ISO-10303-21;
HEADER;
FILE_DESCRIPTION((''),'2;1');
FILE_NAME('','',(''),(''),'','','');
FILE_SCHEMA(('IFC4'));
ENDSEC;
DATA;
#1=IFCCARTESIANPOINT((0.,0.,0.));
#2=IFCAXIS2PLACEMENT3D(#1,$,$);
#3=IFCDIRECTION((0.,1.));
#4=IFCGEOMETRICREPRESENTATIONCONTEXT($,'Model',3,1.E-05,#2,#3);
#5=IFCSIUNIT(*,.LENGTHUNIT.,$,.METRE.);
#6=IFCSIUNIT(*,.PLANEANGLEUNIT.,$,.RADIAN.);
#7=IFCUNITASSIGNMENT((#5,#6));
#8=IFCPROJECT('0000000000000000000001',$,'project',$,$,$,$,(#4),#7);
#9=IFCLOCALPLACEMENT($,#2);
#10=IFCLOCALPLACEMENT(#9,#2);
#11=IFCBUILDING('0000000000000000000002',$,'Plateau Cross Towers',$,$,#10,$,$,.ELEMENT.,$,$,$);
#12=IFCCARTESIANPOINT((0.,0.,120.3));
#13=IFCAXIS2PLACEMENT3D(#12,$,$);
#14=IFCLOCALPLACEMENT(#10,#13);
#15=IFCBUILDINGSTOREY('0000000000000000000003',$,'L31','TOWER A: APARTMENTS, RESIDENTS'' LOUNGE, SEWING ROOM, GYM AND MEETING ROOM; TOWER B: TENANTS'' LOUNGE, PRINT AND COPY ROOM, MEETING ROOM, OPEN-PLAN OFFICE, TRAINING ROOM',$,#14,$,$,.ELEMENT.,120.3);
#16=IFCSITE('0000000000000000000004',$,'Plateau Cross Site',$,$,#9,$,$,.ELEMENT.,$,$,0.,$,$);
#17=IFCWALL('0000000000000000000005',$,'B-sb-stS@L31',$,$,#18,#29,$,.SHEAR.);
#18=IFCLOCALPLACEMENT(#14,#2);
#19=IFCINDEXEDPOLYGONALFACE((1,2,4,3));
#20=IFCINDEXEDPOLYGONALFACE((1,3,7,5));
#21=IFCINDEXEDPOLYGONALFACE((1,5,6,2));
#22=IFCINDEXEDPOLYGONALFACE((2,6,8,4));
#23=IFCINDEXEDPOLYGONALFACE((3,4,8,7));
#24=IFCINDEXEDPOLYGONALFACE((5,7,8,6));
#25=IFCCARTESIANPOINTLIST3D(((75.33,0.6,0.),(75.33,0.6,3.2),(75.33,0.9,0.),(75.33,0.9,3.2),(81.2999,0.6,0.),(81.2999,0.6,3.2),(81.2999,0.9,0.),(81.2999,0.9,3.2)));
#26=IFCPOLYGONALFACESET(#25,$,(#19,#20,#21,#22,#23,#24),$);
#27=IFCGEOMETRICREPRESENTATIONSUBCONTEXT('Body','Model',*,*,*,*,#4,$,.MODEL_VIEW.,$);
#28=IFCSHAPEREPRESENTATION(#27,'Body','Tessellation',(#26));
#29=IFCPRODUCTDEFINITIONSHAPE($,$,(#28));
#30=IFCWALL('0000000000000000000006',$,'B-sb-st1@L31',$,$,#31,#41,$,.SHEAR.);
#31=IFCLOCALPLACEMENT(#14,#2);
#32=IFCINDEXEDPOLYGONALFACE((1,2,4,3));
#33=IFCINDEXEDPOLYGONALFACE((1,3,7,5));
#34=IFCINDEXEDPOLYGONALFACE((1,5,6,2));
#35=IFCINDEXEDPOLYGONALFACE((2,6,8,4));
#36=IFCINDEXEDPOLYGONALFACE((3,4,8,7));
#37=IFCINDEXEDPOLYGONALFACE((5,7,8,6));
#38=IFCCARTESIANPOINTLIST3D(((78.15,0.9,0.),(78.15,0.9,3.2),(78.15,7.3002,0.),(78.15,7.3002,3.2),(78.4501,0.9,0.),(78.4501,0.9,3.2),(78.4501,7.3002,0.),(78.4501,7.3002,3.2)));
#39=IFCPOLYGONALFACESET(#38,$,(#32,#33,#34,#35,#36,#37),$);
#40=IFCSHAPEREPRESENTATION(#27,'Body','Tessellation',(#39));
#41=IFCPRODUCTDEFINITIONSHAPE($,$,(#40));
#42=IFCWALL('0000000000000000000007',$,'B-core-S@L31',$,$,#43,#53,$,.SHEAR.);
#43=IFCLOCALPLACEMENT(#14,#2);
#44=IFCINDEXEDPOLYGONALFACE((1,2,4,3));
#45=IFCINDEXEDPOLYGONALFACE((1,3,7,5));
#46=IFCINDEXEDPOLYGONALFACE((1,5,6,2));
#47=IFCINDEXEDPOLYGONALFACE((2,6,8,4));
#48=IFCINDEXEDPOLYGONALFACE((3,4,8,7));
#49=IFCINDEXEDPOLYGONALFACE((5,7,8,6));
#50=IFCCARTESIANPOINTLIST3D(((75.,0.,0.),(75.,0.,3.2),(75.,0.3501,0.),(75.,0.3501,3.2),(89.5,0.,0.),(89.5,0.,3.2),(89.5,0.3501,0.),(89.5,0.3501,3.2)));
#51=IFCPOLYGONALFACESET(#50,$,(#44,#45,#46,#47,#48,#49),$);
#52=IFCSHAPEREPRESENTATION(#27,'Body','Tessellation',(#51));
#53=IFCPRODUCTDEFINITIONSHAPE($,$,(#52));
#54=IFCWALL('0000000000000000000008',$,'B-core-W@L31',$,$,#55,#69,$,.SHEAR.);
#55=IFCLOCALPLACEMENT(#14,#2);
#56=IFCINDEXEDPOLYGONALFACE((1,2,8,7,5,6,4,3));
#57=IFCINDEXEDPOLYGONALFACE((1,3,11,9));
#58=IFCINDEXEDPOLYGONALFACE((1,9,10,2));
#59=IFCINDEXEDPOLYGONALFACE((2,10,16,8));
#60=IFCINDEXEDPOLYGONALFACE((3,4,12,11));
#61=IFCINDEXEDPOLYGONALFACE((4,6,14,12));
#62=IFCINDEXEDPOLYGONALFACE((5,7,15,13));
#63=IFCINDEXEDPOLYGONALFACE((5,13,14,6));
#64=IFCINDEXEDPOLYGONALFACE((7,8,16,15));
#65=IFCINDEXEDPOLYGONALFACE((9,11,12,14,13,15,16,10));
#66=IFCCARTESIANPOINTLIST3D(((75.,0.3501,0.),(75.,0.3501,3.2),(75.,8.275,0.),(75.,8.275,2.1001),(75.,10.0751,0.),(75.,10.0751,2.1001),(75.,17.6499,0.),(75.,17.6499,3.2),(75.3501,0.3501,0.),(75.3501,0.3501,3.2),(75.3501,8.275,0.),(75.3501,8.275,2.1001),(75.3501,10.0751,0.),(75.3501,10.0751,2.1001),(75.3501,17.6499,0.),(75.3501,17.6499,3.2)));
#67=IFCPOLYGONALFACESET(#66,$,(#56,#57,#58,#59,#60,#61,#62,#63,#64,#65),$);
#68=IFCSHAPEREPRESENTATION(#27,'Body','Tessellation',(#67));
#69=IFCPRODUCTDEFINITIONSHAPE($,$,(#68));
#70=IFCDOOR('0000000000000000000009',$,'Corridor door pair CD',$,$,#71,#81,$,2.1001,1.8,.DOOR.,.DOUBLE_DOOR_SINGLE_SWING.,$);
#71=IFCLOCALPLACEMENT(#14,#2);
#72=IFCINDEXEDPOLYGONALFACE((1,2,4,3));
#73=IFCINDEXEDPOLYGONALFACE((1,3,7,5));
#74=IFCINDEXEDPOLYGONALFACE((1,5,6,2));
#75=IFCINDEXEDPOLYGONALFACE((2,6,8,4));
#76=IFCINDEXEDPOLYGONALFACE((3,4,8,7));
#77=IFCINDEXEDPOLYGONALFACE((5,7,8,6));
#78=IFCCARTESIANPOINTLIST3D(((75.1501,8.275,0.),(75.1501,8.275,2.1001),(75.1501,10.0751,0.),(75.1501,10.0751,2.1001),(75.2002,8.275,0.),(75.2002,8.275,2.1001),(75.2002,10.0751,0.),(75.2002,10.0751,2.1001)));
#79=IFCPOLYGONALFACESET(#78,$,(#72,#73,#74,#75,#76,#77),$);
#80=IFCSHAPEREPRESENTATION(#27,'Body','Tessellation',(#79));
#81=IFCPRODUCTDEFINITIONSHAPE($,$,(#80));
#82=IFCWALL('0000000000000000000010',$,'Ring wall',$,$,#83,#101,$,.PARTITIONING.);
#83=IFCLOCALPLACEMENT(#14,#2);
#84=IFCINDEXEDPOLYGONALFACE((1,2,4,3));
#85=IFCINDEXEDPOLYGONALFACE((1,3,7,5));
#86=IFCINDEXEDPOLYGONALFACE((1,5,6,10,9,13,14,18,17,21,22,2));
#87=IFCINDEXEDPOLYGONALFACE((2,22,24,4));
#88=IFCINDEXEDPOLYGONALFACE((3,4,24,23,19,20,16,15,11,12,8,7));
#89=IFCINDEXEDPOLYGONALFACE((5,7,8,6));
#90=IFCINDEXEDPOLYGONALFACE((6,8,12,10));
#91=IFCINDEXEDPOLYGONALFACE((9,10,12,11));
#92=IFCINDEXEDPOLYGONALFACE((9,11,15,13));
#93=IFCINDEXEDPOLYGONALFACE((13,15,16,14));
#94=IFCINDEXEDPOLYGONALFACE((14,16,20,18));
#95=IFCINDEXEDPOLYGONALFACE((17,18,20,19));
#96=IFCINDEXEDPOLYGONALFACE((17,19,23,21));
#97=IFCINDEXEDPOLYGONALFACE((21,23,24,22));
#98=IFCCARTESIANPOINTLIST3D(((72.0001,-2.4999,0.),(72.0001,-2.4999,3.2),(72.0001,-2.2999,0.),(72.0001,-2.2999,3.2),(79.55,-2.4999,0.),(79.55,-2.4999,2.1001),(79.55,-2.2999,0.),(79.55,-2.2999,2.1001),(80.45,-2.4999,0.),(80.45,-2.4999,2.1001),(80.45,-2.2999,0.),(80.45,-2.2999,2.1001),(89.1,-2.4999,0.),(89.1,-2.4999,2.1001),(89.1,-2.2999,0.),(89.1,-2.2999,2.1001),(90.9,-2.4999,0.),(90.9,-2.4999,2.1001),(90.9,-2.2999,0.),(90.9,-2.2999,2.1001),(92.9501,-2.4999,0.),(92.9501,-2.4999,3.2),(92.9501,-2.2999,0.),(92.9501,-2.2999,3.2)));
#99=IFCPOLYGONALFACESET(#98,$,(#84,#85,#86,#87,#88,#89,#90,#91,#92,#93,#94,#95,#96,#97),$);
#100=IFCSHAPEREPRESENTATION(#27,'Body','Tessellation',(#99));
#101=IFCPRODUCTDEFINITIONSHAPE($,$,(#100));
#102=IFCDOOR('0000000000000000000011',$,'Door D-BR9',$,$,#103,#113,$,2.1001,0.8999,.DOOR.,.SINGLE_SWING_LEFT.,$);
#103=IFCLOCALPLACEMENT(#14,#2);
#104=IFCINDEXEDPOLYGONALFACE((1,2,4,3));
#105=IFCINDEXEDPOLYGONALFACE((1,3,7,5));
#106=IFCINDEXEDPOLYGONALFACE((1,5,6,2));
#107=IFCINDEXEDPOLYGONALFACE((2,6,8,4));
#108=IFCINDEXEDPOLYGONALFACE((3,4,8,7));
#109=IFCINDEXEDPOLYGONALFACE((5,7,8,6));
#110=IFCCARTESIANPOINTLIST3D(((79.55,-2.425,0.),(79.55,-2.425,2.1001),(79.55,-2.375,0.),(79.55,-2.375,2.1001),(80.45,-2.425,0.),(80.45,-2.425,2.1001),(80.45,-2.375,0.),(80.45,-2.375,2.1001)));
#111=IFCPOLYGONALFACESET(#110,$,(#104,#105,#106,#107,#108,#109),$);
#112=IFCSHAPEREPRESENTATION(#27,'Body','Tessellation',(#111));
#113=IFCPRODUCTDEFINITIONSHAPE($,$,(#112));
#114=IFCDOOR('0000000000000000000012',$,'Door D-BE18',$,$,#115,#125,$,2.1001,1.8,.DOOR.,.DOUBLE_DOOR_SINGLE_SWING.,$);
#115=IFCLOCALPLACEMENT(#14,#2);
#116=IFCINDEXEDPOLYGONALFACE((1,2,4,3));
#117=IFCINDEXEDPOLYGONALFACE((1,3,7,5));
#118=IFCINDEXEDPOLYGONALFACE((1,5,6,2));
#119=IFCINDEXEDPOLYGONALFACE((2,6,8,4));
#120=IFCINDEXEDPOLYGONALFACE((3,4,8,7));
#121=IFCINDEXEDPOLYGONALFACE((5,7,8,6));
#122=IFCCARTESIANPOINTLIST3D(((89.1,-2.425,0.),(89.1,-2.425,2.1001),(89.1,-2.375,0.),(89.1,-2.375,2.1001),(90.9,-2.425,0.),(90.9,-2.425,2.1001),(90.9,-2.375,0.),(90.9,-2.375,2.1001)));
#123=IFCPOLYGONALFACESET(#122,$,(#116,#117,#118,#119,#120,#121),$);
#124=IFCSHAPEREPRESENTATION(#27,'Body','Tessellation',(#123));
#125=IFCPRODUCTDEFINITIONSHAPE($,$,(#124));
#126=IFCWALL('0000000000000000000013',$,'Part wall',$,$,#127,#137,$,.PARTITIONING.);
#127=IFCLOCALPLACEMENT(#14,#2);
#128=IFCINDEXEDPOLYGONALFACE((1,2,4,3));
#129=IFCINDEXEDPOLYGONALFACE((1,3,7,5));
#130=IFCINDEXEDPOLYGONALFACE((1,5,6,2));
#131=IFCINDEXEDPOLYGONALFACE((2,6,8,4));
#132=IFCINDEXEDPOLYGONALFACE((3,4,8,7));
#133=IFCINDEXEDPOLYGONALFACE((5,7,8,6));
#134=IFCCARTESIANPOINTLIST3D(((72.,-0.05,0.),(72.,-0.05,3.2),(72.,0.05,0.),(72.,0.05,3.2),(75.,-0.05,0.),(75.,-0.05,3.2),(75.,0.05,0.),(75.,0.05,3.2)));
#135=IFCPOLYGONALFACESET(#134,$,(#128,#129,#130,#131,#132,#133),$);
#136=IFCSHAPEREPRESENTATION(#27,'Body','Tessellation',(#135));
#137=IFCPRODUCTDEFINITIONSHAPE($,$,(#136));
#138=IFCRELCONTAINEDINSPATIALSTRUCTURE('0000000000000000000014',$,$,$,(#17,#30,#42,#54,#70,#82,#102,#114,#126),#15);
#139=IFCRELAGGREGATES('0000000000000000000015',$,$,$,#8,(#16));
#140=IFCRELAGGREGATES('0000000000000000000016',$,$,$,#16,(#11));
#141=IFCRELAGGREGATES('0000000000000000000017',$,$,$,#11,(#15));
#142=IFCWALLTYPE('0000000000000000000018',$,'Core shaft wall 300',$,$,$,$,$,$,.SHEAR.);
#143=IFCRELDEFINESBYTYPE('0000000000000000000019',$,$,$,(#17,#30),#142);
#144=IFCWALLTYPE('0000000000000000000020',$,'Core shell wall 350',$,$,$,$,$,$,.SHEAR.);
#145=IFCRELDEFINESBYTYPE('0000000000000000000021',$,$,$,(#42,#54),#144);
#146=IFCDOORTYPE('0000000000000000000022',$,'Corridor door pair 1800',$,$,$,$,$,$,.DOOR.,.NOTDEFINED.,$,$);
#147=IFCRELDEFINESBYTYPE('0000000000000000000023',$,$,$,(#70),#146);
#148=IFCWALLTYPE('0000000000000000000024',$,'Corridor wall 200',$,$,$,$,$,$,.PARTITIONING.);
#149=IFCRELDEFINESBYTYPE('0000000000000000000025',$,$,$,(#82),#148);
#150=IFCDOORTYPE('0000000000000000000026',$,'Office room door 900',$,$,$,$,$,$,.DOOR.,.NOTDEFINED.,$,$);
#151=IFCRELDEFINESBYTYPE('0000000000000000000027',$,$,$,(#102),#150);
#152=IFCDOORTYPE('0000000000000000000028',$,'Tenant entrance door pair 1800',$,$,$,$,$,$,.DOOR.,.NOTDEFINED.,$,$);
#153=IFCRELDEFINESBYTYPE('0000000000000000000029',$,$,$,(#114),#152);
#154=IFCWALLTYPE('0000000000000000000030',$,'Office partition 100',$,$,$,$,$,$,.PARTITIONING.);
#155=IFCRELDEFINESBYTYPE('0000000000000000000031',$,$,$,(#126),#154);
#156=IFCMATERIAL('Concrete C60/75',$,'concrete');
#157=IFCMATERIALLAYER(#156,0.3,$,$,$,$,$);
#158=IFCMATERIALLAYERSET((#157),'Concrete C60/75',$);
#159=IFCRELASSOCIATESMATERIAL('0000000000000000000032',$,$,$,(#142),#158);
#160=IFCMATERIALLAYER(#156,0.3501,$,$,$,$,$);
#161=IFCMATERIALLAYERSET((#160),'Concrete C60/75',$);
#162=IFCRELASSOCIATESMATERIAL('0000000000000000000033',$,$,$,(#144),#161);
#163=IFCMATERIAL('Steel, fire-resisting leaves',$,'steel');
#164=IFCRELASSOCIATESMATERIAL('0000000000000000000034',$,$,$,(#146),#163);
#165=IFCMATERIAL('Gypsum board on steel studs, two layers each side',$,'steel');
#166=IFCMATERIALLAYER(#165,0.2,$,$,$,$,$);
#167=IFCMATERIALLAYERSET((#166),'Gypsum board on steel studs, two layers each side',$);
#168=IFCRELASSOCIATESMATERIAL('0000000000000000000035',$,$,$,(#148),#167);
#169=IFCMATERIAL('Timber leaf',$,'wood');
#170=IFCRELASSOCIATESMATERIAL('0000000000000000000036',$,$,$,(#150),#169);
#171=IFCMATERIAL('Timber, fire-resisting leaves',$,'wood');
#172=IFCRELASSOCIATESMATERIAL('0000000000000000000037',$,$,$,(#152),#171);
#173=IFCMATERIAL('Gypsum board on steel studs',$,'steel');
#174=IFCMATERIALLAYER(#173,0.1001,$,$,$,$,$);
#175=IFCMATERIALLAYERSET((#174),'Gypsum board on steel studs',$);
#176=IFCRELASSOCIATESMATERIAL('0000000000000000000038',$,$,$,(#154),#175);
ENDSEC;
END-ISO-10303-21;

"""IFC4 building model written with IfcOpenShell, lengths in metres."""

from ifc_helpers import new_model, si_unit, direction, frame, frame_2d, origin, place, context, subcontext, project, spatial, rectangle, extrude, material, layer, layer_set, type_object, element, fill, save


model = new_model("IFC4")

# Units and contexts
model_context = context("Model", 3, precision=1e-05, world=origin(), true_north=direction((0.0, 1.0)))
body_context = subcontext(model_context, "Body", "Model", "MODEL_VIEW")
ifc_project = project(units=[si_unit("LENGTHUNIT", "METRE"), si_unit("PLANEANGLEUNIT", "RADIAN")], contexts=[model_context])

# Site, building, storey
site_placement = place(None, origin())
site = spatial("IfcSite", under=ifc_project, at=site_placement, Name="Plateau Cross Site", CompositionType="ELEMENT", RefElevation=0.0)
building_placement = place(site_placement, origin())
building = spatial("IfcBuilding", under=site, at=building_placement, Name="Plateau Cross Towers", CompositionType="ELEMENT")
storey_placement = place(building_placement, frame((0.0, 0.0, 120.3)))
storey = spatial("IfcBuildingStorey", under=building, at=storey_placement, Name="L31", Description="TOWER A: APARTMENTS, RESIDENTS' LOUNGE, SEWING ROOM, GYM AND MEETING ROOM; TOWER B: TENANTS' LOUNGE, PRINT AND COPY ROOM, MEETING ROOM, OPEN-PLAN OFFICE, TRAINING ROOM", CompositionType="ELEMENT", Elevation=120.3)

# Shared definitions
ifc_material_1 = material(Name="Concrete C60/75", Category="concrete")

# Walls
ifc_layer_1 = layer(ifc_material_1, 0.3)
ifc_layer_set_1 = layer_set([ifc_layer_1], Name="Concrete C60/75")
wall_type_1 = type_object("IfcWallType", Name="Core shaft wall 300", PredefinedType="SHEAR", material=ifc_layer_set_1)
wall_1_placement = place(storey_placement, frame((75.3301, 0.75, 0.0), z_axis=(0.0, 0.0, 1.0), x_axis=(1.0, 0.0, 0.0)))
element("IfcWall", 1, at=wall_1_placement, inside=storey, type_object=wall_type_1, Name="B-sb-stS@L31", PredefinedType="SHEAR", context=body_context, shape_type="SweptSolid", body=[
    extrude(rectangle(XDim=5.97, YDim=0.3, at=frame_2d((2.9849, 0.0))), origin(), (0.0, 0.0, 1.0), 3.2),
])
wall_2_placement = place(storey_placement, frame((78.3, 0.8999, 0.0), z_axis=(0.0, 0.0, 1.0), x_axis=(0.0, 1.0, 0.0)))
element("IfcWall", 2, at=wall_2_placement, inside=storey, type_object=wall_type_1, Name="B-sb-st1@L31", PredefinedType="SHEAR", context=body_context, shape_type="SweptSolid", body=[
    extrude(rectangle(XDim=6.4001, YDim=0.3, at=frame_2d((3.2002, 0.0))), origin(), (0.0, 0.0, 1.0), 3.2),
])
ifc_layer_2 = layer(ifc_material_1, 0.3501)
ifc_layer_set_2 = layer_set([ifc_layer_2], Name="Concrete C60/75")
wall_type_2 = type_object("IfcWallType", Name="Core shell wall 350", PredefinedType="SHEAR", material=ifc_layer_set_2)
wall_3_placement = place(storey_placement, frame((75.0, 0.175, 0.0), z_axis=(0.0, 0.0, 1.0), x_axis=(1.0, 0.0, 0.0)))
element("IfcWall", 3, at=wall_3_placement, inside=storey, type_object=wall_type_2, Name="B-core-S@L31", PredefinedType="SHEAR", context=body_context, shape_type="SweptSolid", body=[
    extrude(rectangle(XDim=14.5, YDim=0.3501, at=frame_2d((7.25, 0.0))), origin(), (0.0, 0.0, 1.0), 3.2),
])

# Wall, opening, door
wall_4_placement = place(storey_placement, frame((75.175, 0.3501, 0.0), z_axis=(0.0, 0.0, 1.0), x_axis=(0.0, 1.0, 0.0)))
wall_4 = element("IfcWall", 4, at=wall_4_placement, inside=storey, type_object=wall_type_2, Name="B-core-W@L31", PredefinedType="SHEAR", context=body_context, shape_type="SweptSolid", body=[
    extrude(rectangle(XDim=17.2998, YDim=0.3501, at=frame_2d((8.6499, 0.0))), origin(), (0.0, 0.0, 1.0), 3.2),
])
opening_1_placement = place(wall_4_placement, frame((7.925, 0.0, 0.0)))
opening_1 = element("IfcOpeningElement", 5, at=opening_1_placement, cuts=wall_4, PredefinedType="OPENING", context=body_context, shape_type="SweptSolid", body=[
    extrude(rectangle(XDim=1.8, YDim=2.1001, at=frame_2d((0.8999, 1.05))), frame((0.0, 0.1851, 0.0), z_axis=(0.0, -1.0, 0.0), x_axis=(1.0, 0.0, 0.0)), (0.0, 0.0, 1.0), 0.3701),
])
ifc_material_2 = material(Name="Steel, fire-resisting leaves", Category="steel")
door_type_1 = type_object("IfcDoorType", Name="Corridor door pair 1800", OperationType="NOTDEFINED", PredefinedType="DOOR", material=ifc_material_2)
door_1_placement = place(opening_1_placement, origin())
door_1 = element("IfcDoor", 6, at=door_1_placement, inside=storey, type_object=door_type_1, Name="Corridor door pair CD", OperationType="DOUBLE_DOOR_SINGLE_SWING", OverallHeight=2.1001, OverallWidth=1.8, PredefinedType="DOOR", context=body_context, shape_type="SweptSolid", body=[
    extrude(rectangle(XDim=1.8, YDim=2.1001, at=frame_2d((0.8999, 1.05))), frame((0.0, 0.0249, 0.0), z_axis=(0.0, -1.0, 0.0), x_axis=(1.0, 0.0, 0.0)), (0.0, 0.0, 1.0), 0.05),
])
fill(opening_1, door_1)

# Wall, openings, doors
ifc_material_3 = material(Name="Gypsum board on steel studs, two layers each side", Category="steel")
ifc_layer_3 = layer(ifc_material_3, 0.2)
ifc_layer_set_3 = layer_set([ifc_layer_3], Name="Gypsum board on steel studs, two layers each side")
wall_type_3 = type_object("IfcWallType", Name="Corridor wall 200", PredefinedType="PARTITIONING", material=ifc_layer_set_3)
wall_5_placement = place(storey_placement, frame((72.0, -2.3999, 0.0), z_axis=(0.0, 0.0, 1.0), x_axis=(1.0, 0.0, 0.0)))
wall_5 = element("IfcWall", 7, at=wall_5_placement, inside=storey, type_object=wall_type_3, Name="Ring wall", PredefinedType="PARTITIONING", context=body_context, shape_type="SweptSolid", body=[
    extrude(rectangle(XDim=20.95, YDim=0.2, at=frame_2d((10.4751, 0.0))), origin(), (0.0, 0.0, 1.0), 3.2),
])
opening_2_placement = place(wall_5_placement, frame((7.55, 0.0, 0.0)))
opening_2 = element("IfcOpeningElement", 8, at=opening_2_placement, cuts=wall_5, PredefinedType="OPENING", context=body_context, shape_type="SweptSolid", body=[
    extrude(rectangle(XDim=0.8999, YDim=2.1001, at=frame_2d((0.45, 1.05))), frame((0.0, 0.1099, 0.0), z_axis=(0.0, -1.0, 0.0), x_axis=(1.0, 0.0, 0.0)), (0.0, 0.0, 1.0), 0.22),
])
opening_3_placement = place(wall_5_placement, frame((17.1001, 0.0, 0.0)))
opening_3 = element("IfcOpeningElement", 9, at=opening_3_placement, cuts=wall_5, PredefinedType="OPENING", context=body_context, shape_type="SweptSolid", body=[
    extrude(rectangle(XDim=1.8, YDim=2.1001, at=frame_2d((0.8999, 1.05))), frame((0.0, 0.1099, 0.0), z_axis=(0.0, -1.0, 0.0), x_axis=(1.0, 0.0, 0.0)), (0.0, 0.0, 1.0), 0.22),
])
ifc_material_4 = material(Name="Timber leaf", Category="wood")
door_type_2 = type_object("IfcDoorType", Name="Office room door 900", OperationType="NOTDEFINED", PredefinedType="DOOR", material=ifc_material_4)
door_2_placement = place(opening_2_placement, origin())
door_2 = element("IfcDoor", 10, at=door_2_placement, inside=storey, type_object=door_type_2, Name="Door D-BR9", OperationType="SINGLE_SWING_LEFT", OverallHeight=2.1001, OverallWidth=0.8999, PredefinedType="DOOR", context=body_context, shape_type="SweptSolid", body=[
    extrude(rectangle(XDim=0.8999, YDim=2.1001, at=frame_2d((0.45, 1.05))), frame((0.0, 0.0249, 0.0), z_axis=(0.0, -1.0, 0.0), x_axis=(1.0, 0.0, 0.0)), (0.0, 0.0, 1.0), 0.05),
])
fill(opening_2, door_2)
ifc_material_5 = material(Name="Timber, fire-resisting leaves", Category="wood")
door_type_3 = type_object("IfcDoorType", Name="Tenant entrance door pair 1800", OperationType="NOTDEFINED", PredefinedType="DOOR", material=ifc_material_5)
door_3_placement = place(opening_3_placement, origin())
door_3 = element("IfcDoor", 11, at=door_3_placement, inside=storey, type_object=door_type_3, Name="Door D-BE18", OperationType="DOUBLE_DOOR_SINGLE_SWING", OverallHeight=2.1001, OverallWidth=1.8, PredefinedType="DOOR", context=body_context, shape_type="SweptSolid", body=[
    extrude(rectangle(XDim=1.8, YDim=2.1001, at=frame_2d((0.8999, 1.05))), frame((0.0, 0.0249, 0.0), z_axis=(0.0, -1.0, 0.0), x_axis=(1.0, 0.0, 0.0)), (0.0, 0.0, 1.0), 0.05),
])
fill(opening_3, door_3)

# Wall
ifc_material_6 = material(Name="Gypsum board on steel studs", Category="steel")
ifc_layer_4 = layer(ifc_material_6, 0.1001)
ifc_layer_set_4 = layer_set([ifc_layer_4], Name="Gypsum board on steel studs")
wall_type_4 = type_object("IfcWallType", Name="Office partition 100", PredefinedType="PARTITIONING", material=ifc_layer_set_4)
wall_6_placement = place(storey_placement, frame((72.0, 0.0, 0.0), z_axis=(0.0, 0.0, 1.0), x_axis=(1.0, 0.0, 0.0)))
element("IfcWall", 12, at=wall_6_placement, inside=storey, type_object=wall_type_4, Name="Part wall", PredefinedType="PARTITIONING", context=body_context, shape_type="SweptSolid", body=[
    extrude(rectangle(XDim=3.0, YDim=0.1001, at=frame_2d((1.5, 0.0))), origin(), (0.0, 0.0, 1.0), 3.2),
])

save(model, "model.ifc")
